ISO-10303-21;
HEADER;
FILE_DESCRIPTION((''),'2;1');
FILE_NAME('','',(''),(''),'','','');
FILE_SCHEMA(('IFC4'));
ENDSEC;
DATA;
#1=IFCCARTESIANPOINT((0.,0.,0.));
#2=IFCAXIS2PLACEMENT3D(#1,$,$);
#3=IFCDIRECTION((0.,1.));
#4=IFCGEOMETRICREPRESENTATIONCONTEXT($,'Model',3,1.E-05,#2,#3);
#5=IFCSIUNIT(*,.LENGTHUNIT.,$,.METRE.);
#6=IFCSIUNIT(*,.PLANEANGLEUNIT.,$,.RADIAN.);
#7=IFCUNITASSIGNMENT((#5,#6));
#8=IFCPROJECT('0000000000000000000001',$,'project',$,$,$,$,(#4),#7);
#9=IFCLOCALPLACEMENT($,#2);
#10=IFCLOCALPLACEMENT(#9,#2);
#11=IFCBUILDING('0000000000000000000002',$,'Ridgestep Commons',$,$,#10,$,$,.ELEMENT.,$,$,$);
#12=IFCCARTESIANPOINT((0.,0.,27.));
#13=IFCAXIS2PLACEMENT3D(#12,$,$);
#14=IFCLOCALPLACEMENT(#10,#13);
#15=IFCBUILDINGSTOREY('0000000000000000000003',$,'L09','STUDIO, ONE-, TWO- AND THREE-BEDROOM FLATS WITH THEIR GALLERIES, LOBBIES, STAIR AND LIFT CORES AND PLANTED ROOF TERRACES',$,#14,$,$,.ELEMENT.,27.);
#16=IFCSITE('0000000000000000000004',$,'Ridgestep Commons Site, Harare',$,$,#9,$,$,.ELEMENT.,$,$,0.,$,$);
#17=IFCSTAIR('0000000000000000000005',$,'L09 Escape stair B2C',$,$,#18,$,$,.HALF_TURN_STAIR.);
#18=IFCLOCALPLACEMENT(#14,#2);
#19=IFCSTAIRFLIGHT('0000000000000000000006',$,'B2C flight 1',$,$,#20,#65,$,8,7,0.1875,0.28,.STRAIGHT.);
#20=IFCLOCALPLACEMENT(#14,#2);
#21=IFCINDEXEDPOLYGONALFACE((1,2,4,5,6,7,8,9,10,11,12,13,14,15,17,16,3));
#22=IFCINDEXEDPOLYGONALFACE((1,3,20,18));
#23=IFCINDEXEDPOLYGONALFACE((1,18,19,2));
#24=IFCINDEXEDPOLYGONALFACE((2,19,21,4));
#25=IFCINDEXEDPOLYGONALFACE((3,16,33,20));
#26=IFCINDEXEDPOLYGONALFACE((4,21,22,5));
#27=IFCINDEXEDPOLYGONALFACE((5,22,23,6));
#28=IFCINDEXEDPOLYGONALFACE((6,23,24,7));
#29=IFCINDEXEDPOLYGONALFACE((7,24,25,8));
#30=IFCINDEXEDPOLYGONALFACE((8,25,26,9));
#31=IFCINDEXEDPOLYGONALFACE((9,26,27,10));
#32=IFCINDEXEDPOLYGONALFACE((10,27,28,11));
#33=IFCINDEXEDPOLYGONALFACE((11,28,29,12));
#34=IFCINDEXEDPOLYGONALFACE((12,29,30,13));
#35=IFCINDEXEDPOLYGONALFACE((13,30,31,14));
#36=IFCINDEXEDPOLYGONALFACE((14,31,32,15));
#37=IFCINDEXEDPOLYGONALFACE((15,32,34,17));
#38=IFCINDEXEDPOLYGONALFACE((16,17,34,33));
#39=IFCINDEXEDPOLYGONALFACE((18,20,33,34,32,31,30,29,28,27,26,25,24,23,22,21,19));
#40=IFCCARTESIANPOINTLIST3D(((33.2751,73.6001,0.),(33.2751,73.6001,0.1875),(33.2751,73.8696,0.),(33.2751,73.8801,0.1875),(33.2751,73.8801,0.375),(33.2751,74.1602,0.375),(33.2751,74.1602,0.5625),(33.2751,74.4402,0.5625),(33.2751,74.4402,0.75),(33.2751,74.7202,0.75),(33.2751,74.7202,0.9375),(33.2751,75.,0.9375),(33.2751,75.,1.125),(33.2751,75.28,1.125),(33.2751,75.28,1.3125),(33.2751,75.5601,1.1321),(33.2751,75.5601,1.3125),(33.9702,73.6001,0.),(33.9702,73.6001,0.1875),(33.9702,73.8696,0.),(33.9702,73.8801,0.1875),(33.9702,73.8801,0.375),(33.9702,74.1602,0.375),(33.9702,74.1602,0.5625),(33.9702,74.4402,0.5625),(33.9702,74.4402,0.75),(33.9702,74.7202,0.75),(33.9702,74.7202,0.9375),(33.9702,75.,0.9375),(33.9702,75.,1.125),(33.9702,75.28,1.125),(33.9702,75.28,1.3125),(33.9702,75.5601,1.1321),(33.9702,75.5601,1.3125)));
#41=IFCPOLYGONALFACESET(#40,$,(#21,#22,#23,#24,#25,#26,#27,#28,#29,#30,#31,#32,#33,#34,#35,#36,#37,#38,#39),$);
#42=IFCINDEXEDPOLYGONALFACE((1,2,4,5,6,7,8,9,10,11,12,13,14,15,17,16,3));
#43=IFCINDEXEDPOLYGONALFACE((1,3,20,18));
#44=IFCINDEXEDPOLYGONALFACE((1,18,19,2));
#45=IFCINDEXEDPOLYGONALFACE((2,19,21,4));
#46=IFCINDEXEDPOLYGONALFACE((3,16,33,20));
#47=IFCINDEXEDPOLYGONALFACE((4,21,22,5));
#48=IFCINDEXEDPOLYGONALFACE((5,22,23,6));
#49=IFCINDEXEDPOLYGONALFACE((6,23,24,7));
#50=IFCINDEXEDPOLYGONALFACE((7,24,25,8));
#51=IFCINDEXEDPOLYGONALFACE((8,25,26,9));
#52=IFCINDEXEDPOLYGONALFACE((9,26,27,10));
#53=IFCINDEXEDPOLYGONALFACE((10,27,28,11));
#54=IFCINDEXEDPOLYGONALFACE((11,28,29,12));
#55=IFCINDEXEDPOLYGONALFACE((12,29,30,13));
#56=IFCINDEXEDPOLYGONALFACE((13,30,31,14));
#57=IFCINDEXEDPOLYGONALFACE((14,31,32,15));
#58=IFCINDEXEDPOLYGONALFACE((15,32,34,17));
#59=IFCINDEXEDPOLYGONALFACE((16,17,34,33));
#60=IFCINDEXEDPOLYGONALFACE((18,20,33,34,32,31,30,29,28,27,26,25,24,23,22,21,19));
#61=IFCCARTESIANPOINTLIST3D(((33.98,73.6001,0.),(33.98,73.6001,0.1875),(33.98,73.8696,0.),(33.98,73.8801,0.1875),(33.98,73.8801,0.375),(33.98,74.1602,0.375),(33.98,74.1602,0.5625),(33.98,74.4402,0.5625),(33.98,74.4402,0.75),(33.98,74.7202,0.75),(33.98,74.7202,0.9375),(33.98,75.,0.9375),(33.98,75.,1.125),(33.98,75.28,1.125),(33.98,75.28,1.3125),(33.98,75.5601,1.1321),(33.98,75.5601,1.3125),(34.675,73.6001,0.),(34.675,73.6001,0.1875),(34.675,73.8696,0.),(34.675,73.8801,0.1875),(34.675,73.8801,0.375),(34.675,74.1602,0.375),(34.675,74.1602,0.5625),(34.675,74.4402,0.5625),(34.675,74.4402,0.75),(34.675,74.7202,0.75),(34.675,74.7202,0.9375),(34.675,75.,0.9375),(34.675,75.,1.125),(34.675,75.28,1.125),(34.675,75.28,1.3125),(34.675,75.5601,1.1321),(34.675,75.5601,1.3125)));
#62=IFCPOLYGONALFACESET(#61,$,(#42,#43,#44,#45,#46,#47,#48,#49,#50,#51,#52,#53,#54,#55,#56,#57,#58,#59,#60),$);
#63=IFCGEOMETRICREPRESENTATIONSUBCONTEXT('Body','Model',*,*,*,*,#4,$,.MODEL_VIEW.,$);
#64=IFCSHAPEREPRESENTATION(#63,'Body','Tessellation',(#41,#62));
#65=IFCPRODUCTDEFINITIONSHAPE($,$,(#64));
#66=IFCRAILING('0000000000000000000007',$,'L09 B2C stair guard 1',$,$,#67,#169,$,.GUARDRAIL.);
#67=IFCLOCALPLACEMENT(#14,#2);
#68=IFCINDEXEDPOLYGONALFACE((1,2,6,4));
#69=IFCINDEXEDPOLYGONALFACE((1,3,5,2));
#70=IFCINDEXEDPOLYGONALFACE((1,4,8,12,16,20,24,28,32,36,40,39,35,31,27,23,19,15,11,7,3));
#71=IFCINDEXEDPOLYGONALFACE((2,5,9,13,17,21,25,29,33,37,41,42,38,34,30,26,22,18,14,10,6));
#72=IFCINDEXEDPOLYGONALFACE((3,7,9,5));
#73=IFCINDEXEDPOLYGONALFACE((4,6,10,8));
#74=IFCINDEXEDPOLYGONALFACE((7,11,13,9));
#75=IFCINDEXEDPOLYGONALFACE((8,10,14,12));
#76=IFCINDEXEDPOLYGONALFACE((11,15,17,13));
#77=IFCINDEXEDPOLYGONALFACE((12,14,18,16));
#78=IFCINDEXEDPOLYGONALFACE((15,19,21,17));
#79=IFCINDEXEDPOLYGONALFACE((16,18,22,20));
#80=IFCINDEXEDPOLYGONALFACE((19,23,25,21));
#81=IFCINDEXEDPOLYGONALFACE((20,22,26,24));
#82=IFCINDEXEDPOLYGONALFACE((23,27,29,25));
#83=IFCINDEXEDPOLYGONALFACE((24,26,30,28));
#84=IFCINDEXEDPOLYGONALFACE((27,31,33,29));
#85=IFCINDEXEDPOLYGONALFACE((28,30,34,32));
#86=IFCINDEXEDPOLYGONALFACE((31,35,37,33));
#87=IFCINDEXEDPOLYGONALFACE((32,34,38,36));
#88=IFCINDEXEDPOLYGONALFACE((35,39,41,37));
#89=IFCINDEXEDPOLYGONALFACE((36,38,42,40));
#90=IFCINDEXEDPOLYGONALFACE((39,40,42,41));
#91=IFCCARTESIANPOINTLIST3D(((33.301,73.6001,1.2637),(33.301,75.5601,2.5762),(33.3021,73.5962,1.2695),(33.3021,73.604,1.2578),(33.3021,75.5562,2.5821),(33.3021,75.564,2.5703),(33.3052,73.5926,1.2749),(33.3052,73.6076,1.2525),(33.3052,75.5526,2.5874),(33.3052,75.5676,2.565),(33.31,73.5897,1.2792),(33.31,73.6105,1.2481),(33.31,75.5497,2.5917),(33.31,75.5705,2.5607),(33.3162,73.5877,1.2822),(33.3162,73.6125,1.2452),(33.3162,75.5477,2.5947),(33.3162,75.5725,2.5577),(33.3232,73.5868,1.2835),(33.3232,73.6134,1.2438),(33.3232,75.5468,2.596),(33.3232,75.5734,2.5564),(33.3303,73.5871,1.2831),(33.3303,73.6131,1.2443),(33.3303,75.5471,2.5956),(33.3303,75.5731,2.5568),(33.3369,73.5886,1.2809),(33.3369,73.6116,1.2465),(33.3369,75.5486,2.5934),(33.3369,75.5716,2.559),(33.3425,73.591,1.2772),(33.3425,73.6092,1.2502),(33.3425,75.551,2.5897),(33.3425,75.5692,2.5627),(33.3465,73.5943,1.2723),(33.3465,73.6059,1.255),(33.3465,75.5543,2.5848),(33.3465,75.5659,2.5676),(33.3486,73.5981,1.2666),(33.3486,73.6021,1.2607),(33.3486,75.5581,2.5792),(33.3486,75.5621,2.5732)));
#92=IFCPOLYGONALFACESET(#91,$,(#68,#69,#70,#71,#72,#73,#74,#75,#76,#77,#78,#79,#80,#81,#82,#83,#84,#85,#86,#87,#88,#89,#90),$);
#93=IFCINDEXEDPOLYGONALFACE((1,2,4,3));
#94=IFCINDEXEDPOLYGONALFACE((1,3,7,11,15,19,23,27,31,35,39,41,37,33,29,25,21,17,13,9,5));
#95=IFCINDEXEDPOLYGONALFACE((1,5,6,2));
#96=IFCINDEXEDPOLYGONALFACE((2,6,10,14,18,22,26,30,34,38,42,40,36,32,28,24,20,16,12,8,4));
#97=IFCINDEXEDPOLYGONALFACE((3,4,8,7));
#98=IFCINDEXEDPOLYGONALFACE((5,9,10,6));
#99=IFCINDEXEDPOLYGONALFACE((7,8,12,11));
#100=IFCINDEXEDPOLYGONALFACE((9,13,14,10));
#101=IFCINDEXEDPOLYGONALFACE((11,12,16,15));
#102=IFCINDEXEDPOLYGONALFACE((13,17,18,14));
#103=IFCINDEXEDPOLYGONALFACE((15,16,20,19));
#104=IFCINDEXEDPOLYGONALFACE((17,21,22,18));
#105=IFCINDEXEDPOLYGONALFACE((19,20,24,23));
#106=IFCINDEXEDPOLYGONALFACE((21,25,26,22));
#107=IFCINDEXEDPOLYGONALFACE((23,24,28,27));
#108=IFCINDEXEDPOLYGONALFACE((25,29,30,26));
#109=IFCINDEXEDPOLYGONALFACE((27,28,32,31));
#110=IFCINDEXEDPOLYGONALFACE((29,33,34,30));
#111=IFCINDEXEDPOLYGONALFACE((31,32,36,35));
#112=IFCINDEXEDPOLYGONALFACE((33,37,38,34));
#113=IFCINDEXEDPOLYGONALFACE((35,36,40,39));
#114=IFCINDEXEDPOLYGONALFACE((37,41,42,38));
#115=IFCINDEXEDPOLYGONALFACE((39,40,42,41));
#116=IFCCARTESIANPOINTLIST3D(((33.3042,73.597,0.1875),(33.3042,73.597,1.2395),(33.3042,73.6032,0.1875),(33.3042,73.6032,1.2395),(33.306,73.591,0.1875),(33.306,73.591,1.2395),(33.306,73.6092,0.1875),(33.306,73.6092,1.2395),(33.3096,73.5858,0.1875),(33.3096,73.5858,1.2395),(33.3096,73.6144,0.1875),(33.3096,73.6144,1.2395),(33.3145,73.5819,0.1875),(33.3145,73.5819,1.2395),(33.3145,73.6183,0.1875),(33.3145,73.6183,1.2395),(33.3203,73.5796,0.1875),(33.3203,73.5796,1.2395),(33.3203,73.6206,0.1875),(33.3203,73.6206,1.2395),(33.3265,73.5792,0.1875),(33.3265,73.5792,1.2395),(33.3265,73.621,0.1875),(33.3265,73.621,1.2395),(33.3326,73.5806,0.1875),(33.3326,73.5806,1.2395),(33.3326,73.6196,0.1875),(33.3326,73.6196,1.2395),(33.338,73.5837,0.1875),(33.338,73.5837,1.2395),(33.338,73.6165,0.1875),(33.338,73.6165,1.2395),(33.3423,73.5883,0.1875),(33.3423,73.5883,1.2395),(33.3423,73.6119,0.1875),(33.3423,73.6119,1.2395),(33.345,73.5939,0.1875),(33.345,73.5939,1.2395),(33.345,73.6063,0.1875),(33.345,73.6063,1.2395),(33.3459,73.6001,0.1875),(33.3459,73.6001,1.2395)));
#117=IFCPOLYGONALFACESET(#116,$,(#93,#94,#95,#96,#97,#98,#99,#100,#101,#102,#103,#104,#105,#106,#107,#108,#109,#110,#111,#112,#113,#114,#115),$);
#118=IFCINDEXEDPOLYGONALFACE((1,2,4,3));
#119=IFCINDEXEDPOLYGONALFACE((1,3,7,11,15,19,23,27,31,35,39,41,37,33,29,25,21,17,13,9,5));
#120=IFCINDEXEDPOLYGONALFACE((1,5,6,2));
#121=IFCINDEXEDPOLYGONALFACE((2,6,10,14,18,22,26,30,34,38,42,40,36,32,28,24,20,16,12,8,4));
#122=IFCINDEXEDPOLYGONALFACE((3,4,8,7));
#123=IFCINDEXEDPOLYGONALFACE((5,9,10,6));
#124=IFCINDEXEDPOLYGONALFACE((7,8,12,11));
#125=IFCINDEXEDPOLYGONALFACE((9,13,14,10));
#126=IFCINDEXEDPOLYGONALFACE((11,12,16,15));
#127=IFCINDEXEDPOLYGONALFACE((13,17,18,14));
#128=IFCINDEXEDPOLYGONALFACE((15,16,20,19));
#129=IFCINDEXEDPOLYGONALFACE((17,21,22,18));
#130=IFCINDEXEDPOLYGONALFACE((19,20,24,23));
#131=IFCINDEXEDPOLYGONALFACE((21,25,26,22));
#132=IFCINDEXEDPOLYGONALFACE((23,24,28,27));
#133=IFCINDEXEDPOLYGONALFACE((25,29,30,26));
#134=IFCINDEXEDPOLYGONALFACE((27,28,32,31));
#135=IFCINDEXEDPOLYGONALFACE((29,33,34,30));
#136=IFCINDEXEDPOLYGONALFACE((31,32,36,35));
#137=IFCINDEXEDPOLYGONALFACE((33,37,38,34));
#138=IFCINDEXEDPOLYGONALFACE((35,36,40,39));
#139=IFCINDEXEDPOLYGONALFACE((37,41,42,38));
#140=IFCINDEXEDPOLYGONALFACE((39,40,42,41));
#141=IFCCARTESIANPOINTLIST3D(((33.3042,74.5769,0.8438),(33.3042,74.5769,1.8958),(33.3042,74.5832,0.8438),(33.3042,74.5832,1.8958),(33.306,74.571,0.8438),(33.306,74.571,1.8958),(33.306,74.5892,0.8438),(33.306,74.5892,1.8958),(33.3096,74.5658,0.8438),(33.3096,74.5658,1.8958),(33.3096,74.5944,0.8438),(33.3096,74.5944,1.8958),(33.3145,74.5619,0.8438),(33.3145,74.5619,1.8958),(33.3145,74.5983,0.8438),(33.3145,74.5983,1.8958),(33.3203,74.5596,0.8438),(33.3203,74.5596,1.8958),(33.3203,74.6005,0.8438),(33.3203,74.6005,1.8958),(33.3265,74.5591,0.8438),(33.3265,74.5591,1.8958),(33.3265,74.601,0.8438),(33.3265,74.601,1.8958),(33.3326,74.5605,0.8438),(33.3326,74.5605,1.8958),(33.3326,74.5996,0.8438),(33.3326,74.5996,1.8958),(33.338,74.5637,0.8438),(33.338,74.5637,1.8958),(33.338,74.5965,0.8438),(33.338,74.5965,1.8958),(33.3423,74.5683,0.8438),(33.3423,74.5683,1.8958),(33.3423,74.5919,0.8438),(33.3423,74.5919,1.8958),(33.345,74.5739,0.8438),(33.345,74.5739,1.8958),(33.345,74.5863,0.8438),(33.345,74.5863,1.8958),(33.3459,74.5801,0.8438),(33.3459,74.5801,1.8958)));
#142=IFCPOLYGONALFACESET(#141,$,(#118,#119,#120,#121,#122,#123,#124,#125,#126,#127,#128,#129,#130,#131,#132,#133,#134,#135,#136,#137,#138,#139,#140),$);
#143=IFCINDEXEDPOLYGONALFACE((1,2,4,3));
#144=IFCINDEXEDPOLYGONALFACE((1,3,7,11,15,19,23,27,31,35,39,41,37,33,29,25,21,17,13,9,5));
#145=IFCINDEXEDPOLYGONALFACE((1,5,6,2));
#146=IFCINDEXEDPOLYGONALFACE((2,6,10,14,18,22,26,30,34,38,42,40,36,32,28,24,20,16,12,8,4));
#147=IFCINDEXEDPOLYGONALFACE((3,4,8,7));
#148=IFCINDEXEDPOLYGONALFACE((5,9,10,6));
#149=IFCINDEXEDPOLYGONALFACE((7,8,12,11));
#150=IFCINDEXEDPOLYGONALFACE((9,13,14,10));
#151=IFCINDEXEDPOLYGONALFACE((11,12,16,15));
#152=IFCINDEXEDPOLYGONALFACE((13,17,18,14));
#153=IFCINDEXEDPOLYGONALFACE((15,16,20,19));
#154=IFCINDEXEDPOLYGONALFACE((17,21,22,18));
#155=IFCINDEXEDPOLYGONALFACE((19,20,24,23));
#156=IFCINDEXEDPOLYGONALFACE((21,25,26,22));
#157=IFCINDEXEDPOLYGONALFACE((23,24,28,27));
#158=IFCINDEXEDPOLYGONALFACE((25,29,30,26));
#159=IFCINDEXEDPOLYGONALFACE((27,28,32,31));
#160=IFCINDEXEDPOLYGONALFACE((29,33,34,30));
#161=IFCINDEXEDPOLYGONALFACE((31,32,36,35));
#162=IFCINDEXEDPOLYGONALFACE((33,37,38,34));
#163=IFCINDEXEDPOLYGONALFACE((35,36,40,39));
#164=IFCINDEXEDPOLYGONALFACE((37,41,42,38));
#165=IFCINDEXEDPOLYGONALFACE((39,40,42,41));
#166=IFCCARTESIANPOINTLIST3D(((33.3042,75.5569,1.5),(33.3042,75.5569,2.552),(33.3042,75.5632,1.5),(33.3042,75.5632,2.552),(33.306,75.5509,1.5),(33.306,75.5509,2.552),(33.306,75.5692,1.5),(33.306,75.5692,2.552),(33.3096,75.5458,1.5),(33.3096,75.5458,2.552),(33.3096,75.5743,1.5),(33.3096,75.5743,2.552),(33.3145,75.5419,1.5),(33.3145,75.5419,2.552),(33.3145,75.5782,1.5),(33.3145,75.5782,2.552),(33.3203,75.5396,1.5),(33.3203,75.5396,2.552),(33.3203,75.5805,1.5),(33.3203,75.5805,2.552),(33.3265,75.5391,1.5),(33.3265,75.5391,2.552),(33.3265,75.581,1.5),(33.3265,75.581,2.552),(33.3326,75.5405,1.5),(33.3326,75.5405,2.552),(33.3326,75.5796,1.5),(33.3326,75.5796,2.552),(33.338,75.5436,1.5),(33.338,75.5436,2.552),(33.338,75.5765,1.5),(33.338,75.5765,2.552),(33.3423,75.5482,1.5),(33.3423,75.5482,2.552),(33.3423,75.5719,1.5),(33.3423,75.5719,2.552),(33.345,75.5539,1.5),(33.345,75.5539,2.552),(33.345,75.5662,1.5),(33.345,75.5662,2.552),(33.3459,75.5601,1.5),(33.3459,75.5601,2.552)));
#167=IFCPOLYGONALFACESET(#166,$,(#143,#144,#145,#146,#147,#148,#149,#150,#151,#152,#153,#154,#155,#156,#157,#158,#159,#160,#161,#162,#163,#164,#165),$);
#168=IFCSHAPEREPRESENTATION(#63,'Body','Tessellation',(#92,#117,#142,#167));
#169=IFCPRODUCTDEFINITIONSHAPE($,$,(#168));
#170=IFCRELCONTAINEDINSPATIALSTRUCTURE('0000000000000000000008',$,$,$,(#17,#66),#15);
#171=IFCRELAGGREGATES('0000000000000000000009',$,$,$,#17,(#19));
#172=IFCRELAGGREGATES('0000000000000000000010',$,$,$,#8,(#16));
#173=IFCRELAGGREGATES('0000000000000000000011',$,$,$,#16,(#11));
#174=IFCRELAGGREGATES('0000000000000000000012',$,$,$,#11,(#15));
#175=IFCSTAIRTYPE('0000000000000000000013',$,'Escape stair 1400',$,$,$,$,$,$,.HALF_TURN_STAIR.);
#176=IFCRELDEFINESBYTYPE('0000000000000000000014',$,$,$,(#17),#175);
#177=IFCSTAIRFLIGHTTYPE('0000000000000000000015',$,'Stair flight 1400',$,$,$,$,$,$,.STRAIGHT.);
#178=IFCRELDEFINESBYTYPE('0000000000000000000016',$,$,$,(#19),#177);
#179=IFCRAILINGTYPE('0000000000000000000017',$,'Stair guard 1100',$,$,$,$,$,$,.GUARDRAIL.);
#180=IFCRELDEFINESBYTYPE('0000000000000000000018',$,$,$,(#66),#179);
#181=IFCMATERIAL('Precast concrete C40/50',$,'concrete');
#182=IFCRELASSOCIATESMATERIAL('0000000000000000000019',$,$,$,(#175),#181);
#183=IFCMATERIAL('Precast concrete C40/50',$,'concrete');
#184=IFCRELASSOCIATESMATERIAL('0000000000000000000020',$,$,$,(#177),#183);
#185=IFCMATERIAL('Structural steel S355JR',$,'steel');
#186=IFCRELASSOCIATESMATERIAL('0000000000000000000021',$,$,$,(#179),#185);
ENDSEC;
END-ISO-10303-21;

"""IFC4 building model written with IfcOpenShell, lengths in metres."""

from ifc_helpers import new_model, si_unit, direction, frame, origin, origin_2d, place, context, subcontext, project, spatial, polyline, circle, outline, extrude, material, type_object, element, aggregate, save


model = new_model("IFC4")

# Units and contexts
model_context = context("Model", 3, precision=1e-05, world=origin(), true_north=direction((0.0, 1.0)))
body_context = subcontext(model_context, "Body", "Model", "MODEL_VIEW")
ifc_project = project(units=[si_unit("LENGTHUNIT", "METRE"), si_unit("PLANEANGLEUNIT", "RADIAN")], contexts=[model_context])

# Site, building, storey
site_placement = place(None, origin())
site = spatial("IfcSite", under=ifc_project, at=site_placement, Name="Ridgestep Commons Site, Harare", CompositionType="ELEMENT", RefElevation=0.0)
building_placement = place(site_placement, origin())
building = spatial("IfcBuilding", under=site, at=building_placement, Name="Ridgestep Commons", CompositionType="ELEMENT")
storey_placement = place(building_placement, frame((0.0, 0.0, 27.0)))
storey = spatial("IfcBuildingStorey", under=building, at=storey_placement, Name="L09", Description="STUDIO, ONE-, TWO- AND THREE-BEDROOM FLATS WITH THEIR GALLERIES, LOBBIES, STAIR AND LIFT CORES AND PLANTED ROOF TERRACES", CompositionType="ELEMENT", Elevation=27.0)

# Stair, stair flight
ifc_material_1 = material(Name="Precast concrete C40/50", Category="concrete")
stair_type = type_object("IfcStairType", Name="Escape stair 1400", PredefinedType="HALF_TURN_STAIR", material=ifc_material_1)
stair_placement = place(storey_placement, origin())
stair = element("IfcStair", 1, at=stair_placement, inside=storey, type_object=stair_type, Name="L09 Escape stair B2C", PredefinedType="HALF_TURN_STAIR")
ifc_material_2 = material(Name="Precast concrete C40/50", Category="concrete")
stair_flight_type = type_object("IfcStairFlightType", Name="Stair flight 1400", PredefinedType="STRAIGHT", material=ifc_material_2)
stair_flight_placement = place(storey_placement, frame((33.9751, 73.6001, 0.0), z_axis=(0.0, 0.0, 1.0), x_axis=(0.0, 1.0, 0.0)))
stair_flight = element("IfcStairFlight", 2, at=stair_flight_placement, type_object=stair_flight_type, Name="B2C flight 1", NumberOfRisers=8, NumberOfTreads=7, PredefinedType="STRAIGHT", RiserHeight=0.1875, TreadLength=0.28, context=body_context, shape_type="SweptSolid", body=[
    extrude(outline(polyline([(0.0, 0.0), (0.0, 0.1875), (0.28, 0.1875), (0.28, 0.375), (0.5601, 0.375), (0.5601, 0.5625), (0.8401, 0.5625), (0.8401, 0.75), (1.1201, 0.75), (1.1201, 0.9375), (1.3999, 0.9375), (1.3999, 1.125), (1.6799, 1.125), (1.6799, 1.3125), (1.96, 1.3125), (1.96, 1.5), (1.96, 1.1321), (0.2695, 0.0), (0.0, 0.0)])), frame((0.0, 0.7, 0.0), z_axis=(0.0, -1.0, 0.0), x_axis=(1.0, 0.0, 0.0)), (0.0, 0.0, 1.0), 0.6951),
    extrude(outline(polyline([(0.0, 0.0), (0.0, 0.1875), (0.28, 0.1875), (0.28, 0.375), (0.5601, 0.375), (0.5601, 0.5625), (0.8401, 0.5625), (0.8401, 0.75), (1.1201, 0.75), (1.1201, 0.9375), (1.3999, 0.9375), (1.3999, 1.125), (1.6799, 1.125), (1.6799, 1.3125), (1.96, 1.3125), (1.96, 1.5), (1.96, 1.1321), (0.2695, 0.0), (0.0, 0.0)])), frame((0.0, -0.0049, 0.0), z_axis=(0.0, -1.0, 0.0), x_axis=(1.0, 0.0, 0.0)), (0.0, 0.0, 1.0), 0.6951),
])
aggregate(stair, [stair_flight])

# Railing
ifc_material_3 = material(Name="Structural steel S355JR", Category="steel")
railing_type_1 = type_object("IfcRailingType", Name="Stair guard 1100", PredefinedType="GUARDRAIL", material=ifc_material_3)
railing_1_placement = place(storey_placement, frame((33.325, 73.6001, 0.1875)))
element("IfcRailing", 3, at=railing_1_placement, inside=storey, type_object=railing_type_1, Name="L09 B2C stair guard 1", PredefinedType="GUARDRAIL", context=body_context, shape_type="SweptSolid", body=[
    extrude(circle(Radius=0.0239, at=origin_2d()), frame((0.0, 0.0, 1.0762), z_axis=(0.0, 0.830902, 0.556419), x_axis=(-1.0, 0.0, 0.0)), (0.0, 0.0, 1.0), 2.3589),
    extrude(circle(Radius=0.021, at=origin_2d()), origin(), (0.0, 0.0, 1.0), 1.052),
    extrude(circle(Radius=0.021, at=origin_2d()), frame((0.0, 0.98, 0.6562)), (0.0, 0.0, 1.0), 1.052),
    extrude(circle(Radius=0.021, at=origin_2d()), frame((0.0, 1.96, 1.3125)), (0.0, 0.0, 1.0), 1.052),
])

save(model, "model.ifc")
